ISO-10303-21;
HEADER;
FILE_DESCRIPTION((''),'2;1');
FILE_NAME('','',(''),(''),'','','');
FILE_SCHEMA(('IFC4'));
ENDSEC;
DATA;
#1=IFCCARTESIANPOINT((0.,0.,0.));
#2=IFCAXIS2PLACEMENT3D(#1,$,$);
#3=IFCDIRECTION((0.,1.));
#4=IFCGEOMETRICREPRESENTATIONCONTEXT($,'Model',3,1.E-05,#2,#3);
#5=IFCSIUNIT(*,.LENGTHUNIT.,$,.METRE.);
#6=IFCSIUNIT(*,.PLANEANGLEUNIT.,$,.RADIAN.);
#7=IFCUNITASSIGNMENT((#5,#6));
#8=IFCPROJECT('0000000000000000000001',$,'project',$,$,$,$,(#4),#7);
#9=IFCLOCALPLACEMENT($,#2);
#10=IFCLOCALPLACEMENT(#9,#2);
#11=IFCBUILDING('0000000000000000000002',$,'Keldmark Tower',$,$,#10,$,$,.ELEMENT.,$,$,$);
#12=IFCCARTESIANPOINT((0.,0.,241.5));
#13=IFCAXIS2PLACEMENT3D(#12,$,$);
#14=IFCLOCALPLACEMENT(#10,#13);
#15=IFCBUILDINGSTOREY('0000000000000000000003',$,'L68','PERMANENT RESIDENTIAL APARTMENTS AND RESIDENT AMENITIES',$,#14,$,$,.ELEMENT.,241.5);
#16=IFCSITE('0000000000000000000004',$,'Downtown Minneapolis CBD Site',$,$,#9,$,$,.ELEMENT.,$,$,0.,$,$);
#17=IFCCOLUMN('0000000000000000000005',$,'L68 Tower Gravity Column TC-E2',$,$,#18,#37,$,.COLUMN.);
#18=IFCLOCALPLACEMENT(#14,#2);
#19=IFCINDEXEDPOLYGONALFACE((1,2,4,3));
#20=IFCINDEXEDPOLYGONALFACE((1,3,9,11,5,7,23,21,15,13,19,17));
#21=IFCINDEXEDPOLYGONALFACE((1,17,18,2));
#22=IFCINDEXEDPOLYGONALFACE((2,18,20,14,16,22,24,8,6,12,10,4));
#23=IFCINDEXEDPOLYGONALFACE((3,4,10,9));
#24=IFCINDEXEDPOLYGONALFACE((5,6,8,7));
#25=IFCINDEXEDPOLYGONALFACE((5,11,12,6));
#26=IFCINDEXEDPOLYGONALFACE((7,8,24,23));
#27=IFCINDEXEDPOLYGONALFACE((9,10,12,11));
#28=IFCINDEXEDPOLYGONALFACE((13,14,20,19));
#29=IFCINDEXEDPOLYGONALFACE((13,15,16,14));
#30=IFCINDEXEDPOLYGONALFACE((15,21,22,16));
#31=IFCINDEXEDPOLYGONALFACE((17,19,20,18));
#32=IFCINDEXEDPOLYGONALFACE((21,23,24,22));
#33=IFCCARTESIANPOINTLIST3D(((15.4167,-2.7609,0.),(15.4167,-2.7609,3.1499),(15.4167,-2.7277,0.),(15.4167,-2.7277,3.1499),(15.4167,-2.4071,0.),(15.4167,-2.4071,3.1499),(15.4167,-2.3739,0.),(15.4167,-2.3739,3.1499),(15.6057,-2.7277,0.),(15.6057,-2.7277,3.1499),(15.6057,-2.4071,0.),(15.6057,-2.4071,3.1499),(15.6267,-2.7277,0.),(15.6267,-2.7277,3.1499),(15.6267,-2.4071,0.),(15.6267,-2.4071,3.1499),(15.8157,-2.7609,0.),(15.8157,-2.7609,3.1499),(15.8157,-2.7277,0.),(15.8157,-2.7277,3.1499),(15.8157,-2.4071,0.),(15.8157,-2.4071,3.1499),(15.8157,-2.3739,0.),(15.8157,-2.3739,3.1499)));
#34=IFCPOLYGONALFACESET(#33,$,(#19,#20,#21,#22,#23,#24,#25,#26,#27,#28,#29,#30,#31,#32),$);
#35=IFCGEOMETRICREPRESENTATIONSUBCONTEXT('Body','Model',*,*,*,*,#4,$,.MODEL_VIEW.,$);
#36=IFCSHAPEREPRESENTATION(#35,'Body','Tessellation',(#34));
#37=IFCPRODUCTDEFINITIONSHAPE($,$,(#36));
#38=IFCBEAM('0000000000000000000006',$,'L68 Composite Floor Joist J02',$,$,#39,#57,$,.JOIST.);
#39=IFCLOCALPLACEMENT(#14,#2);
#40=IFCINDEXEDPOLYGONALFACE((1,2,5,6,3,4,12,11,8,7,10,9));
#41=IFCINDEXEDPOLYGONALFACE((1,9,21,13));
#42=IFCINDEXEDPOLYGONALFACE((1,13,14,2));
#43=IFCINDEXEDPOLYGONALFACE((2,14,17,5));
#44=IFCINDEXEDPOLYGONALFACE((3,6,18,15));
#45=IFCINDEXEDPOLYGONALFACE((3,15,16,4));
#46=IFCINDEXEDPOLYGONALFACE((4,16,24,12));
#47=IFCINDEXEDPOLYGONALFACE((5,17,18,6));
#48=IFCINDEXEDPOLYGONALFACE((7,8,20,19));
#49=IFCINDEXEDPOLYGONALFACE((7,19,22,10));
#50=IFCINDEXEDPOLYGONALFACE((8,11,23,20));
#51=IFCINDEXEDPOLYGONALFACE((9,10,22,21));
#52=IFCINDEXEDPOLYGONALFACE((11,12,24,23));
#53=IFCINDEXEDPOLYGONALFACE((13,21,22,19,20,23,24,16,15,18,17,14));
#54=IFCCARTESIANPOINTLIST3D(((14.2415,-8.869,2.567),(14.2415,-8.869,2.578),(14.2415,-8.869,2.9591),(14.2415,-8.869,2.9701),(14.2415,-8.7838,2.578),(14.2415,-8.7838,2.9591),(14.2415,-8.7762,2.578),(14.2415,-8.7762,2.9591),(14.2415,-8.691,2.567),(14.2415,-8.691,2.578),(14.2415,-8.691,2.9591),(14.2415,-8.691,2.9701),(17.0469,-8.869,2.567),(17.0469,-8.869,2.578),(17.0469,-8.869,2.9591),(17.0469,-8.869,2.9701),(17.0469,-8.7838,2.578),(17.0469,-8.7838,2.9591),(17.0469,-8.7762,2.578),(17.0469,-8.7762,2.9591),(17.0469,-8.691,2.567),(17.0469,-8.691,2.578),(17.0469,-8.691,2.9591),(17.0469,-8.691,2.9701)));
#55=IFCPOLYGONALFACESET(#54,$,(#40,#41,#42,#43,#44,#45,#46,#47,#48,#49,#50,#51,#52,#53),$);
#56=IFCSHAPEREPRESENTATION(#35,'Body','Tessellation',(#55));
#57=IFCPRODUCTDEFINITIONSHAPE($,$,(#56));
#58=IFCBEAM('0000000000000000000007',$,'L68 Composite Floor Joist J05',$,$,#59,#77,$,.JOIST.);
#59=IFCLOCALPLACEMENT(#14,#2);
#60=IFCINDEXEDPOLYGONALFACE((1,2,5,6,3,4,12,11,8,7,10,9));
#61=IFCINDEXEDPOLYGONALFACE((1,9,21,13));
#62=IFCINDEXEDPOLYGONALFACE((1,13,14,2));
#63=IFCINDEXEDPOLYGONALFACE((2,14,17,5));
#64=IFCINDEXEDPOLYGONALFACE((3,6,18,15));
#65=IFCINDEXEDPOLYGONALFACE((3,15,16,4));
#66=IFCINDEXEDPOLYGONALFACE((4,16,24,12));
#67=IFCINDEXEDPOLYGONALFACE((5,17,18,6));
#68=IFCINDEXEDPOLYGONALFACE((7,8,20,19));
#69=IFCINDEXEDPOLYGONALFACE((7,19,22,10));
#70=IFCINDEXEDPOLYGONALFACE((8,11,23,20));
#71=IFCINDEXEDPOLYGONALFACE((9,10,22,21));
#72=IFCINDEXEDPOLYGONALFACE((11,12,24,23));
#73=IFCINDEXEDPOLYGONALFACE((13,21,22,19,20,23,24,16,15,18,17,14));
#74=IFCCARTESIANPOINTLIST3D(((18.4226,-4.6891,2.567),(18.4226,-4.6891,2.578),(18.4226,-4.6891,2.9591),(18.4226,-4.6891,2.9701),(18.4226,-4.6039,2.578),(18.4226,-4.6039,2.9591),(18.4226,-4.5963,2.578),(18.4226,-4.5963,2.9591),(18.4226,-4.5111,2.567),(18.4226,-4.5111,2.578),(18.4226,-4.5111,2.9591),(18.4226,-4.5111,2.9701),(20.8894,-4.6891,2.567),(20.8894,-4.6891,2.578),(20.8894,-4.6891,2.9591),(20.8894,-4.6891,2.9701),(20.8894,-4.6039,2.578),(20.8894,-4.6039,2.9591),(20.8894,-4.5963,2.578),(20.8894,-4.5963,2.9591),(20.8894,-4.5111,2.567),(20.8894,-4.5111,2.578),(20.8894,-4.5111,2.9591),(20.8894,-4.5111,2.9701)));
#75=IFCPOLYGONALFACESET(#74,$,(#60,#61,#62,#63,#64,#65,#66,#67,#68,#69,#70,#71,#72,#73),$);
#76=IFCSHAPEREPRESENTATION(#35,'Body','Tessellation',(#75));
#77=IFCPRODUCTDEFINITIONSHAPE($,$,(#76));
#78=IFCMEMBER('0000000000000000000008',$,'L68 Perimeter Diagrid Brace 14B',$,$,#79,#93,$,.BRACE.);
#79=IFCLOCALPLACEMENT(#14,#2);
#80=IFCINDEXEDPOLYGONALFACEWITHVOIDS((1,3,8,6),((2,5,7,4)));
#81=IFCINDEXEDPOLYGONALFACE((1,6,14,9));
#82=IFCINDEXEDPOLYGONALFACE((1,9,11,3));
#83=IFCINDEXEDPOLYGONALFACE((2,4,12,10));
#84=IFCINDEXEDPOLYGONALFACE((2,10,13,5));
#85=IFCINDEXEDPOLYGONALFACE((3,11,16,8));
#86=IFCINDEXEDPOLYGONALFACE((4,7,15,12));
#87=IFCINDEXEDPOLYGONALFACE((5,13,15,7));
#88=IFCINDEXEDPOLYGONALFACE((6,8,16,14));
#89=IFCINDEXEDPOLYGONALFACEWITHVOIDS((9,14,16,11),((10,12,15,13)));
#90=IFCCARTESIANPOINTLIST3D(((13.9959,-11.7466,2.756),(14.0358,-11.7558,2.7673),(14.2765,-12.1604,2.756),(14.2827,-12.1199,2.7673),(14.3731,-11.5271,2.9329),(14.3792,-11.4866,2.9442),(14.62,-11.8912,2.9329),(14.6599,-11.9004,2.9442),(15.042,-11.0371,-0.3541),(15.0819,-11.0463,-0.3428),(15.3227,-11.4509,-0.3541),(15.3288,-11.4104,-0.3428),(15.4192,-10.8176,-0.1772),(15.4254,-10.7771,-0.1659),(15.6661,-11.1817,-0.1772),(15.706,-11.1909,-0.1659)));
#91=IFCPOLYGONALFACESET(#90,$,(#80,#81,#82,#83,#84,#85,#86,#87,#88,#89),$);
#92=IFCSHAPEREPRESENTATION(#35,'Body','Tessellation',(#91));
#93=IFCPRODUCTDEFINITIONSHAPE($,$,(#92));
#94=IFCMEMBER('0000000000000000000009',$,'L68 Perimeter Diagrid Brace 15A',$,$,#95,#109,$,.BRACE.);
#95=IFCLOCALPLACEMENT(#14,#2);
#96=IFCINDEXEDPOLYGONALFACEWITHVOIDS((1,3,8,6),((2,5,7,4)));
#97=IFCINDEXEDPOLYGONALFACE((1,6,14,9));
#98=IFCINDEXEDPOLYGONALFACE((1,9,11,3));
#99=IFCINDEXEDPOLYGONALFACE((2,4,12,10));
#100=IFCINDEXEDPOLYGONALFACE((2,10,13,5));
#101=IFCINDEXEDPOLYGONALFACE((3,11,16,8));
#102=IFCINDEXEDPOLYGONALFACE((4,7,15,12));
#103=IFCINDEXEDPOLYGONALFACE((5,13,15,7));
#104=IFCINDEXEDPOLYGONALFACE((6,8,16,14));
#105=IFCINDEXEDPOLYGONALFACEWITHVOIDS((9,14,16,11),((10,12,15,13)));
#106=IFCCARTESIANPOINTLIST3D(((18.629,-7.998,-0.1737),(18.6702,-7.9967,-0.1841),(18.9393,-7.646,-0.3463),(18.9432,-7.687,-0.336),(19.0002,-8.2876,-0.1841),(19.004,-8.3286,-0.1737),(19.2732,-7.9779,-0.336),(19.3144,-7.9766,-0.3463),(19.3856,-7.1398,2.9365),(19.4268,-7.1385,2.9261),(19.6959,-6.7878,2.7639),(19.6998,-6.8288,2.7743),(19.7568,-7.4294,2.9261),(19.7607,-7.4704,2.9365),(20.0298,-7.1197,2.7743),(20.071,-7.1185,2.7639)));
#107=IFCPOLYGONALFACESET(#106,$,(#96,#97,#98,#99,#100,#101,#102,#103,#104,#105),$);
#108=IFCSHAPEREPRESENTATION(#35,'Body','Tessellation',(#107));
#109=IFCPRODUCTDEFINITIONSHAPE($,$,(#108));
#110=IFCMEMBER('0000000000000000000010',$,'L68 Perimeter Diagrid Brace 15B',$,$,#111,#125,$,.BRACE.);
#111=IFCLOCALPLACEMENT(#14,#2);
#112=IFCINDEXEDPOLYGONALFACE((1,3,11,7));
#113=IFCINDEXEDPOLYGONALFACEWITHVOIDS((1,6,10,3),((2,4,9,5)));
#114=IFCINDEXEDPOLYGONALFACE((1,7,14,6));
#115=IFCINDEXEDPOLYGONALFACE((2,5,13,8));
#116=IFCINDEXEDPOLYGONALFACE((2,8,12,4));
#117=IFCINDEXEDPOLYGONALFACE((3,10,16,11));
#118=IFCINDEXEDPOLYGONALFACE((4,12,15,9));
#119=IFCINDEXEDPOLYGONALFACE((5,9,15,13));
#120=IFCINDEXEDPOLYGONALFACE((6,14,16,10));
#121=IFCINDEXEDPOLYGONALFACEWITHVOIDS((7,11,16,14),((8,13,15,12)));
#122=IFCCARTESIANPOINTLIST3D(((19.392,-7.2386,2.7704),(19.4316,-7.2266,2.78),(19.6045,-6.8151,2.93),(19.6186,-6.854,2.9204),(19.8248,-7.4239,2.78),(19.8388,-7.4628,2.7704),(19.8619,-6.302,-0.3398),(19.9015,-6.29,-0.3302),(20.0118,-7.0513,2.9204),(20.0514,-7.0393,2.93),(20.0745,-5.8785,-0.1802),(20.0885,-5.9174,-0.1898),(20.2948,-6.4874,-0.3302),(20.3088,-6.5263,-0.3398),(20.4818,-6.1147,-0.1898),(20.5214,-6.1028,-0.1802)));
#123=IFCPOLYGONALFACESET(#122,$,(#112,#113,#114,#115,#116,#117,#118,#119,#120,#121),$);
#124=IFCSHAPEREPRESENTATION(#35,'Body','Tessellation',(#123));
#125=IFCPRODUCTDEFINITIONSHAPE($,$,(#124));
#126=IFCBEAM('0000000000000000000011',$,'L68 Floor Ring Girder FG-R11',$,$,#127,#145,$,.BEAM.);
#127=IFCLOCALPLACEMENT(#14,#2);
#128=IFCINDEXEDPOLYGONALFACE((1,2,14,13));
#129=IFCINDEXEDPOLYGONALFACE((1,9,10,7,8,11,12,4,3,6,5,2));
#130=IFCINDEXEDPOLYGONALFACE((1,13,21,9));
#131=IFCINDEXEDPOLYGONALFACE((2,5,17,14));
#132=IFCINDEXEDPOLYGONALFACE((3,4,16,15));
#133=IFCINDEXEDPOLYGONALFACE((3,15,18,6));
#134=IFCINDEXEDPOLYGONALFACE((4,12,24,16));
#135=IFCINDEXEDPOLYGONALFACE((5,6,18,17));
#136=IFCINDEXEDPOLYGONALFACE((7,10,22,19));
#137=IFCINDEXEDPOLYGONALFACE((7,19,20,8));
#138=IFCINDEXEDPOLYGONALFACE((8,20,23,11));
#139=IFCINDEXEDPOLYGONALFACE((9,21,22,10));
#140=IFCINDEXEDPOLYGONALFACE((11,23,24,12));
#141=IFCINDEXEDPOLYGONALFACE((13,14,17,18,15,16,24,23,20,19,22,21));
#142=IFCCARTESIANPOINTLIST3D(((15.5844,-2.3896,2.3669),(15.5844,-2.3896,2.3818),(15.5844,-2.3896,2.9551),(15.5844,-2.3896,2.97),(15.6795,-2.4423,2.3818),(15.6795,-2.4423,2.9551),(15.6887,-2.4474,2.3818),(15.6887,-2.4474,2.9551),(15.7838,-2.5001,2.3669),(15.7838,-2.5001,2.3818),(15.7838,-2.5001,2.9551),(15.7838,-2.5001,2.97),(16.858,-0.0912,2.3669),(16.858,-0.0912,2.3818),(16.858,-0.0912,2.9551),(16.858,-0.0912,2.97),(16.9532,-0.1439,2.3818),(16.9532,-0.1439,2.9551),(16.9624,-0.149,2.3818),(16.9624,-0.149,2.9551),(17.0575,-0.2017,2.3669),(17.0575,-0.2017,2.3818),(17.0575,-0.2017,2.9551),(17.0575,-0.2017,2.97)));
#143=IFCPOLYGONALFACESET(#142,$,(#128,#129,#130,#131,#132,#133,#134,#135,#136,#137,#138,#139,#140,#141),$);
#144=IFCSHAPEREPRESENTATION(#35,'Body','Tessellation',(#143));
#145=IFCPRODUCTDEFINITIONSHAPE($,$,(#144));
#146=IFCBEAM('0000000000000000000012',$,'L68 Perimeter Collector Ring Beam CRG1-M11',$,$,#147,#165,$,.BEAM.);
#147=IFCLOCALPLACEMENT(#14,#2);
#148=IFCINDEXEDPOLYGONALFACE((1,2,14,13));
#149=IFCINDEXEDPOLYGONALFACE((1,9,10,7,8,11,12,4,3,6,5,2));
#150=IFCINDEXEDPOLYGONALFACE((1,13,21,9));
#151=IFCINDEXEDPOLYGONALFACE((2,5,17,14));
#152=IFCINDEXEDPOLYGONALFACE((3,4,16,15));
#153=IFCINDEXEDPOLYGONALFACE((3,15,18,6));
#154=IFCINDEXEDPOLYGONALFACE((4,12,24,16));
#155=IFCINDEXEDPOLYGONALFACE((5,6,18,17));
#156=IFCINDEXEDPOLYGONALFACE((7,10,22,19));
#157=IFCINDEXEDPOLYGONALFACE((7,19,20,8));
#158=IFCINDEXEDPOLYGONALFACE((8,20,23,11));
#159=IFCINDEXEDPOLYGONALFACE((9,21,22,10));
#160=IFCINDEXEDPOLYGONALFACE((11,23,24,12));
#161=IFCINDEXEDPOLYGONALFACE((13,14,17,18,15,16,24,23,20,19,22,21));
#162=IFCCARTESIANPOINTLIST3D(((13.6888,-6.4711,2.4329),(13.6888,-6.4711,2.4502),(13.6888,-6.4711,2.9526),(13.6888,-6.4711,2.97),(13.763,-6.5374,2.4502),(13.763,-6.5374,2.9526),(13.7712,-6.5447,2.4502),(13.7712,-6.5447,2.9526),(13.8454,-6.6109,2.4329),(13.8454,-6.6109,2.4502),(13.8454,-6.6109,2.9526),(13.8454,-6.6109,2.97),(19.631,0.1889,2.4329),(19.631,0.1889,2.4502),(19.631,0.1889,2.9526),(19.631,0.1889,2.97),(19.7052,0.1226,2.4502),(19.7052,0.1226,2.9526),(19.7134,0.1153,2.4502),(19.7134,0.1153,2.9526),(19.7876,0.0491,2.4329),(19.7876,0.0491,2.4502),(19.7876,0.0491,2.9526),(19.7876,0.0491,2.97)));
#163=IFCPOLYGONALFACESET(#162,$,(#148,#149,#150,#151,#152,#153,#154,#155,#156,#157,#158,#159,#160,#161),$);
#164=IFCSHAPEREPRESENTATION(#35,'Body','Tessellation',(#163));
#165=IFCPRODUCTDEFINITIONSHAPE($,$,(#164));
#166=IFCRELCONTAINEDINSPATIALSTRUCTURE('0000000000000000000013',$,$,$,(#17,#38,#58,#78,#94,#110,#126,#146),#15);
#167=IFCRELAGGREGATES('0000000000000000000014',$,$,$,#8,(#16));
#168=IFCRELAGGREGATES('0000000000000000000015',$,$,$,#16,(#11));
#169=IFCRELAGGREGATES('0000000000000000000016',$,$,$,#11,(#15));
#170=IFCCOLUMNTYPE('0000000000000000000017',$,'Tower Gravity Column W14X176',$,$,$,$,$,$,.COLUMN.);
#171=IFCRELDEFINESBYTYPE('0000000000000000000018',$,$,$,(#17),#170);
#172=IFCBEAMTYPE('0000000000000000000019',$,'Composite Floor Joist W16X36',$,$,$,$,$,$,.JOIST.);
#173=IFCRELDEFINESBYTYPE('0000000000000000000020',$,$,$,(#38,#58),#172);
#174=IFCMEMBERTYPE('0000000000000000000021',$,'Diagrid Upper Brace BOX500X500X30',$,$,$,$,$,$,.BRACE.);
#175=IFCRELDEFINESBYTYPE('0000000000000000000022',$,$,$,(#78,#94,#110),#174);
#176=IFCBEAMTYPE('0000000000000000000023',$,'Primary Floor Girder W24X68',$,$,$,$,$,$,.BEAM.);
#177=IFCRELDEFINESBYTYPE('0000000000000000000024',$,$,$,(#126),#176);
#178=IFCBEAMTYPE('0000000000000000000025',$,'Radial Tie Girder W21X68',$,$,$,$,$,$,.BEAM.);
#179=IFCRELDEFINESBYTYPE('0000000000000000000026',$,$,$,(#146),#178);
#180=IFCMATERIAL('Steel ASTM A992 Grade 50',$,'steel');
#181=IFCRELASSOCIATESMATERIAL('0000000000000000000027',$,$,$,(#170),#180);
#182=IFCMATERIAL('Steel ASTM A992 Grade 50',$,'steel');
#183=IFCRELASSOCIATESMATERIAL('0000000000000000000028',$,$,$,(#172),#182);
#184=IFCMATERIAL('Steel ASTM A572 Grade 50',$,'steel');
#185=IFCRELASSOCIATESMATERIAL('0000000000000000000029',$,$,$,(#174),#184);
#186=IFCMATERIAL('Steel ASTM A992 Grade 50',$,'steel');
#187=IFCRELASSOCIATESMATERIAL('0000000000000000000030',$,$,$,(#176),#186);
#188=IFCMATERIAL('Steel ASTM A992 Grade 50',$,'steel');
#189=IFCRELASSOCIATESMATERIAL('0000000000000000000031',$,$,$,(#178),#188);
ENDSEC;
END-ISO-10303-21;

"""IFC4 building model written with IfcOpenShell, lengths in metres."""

from ifc_helpers import new_model, si_unit, direction, frame, origin, origin_2d, place, context, subcontext, project, spatial, hollow_rectangle, i_section, extrude, material, material_profile, profile_set, type_object, element, save


model = new_model("IFC4")

# Units and contexts
model_context = context("Model", 3, precision=1e-05, world=origin(), true_north=direction((0.0, 1.0)))
body_context = subcontext(model_context, "Body", "Model", "MODEL_VIEW")
ifc_project = project(units=[si_unit("LENGTHUNIT", "METRE"), si_unit("PLANEANGLEUNIT", "RADIAN")], contexts=[model_context])

# Site, building, storey
site_placement = place(None, origin())
site = spatial("IfcSite", under=ifc_project, at=site_placement, Name="Downtown Minneapolis CBD Site", CompositionType="ELEMENT", RefElevation=0.0)
building_placement = place(site_placement, origin())
building = spatial("IfcBuilding", under=site, at=building_placement, Name="Keldmark Tower", CompositionType="ELEMENT")
storey_placement = place(building_placement, frame((0.0, 0.0, 241.5)))
storey = spatial("IfcBuildingStorey", under=building, at=storey_placement, Name="L68", Description="PERMANENT RESIDENTIAL APARTMENTS AND RESIDENT AMENITIES", CompositionType="ELEMENT", Elevation=241.5)

# Column
ifc_material_1 = material(Name="Steel ASTM A992 Grade 50", Category="steel")
ifc_material_profile_1 = material_profile(ifc_material_1, i_section(OverallWidth=0.3989, OverallDepth=0.387, WebThickness=0.021, FlangeThickness=0.0332, at=origin_2d()), Name="W14X176")
ifc_profile_set_1 = profile_set([ifc_material_profile_1], Name="Steel ASTM A992 Grade 50")
column_type = type_object("IfcColumnType", Name="Tower Gravity Column W14X176", PredefinedType="COLUMN", material=ifc_profile_set_1)
column_placement = place(storey_placement, frame((15.6162, -2.5674, 0.0), z_axis=(0.0, 0.0, 1.0), x_axis=(1.0, 0.0, 0.0)))
element("IfcColumn", 1, at=column_placement, inside=storey, type_object=column_type, Name="L68 Tower Gravity Column TC-E2", PredefinedType="COLUMN", context=body_context, shape_type="SweptSolid", body=[
    extrude(i_section(OverallWidth=0.3989, OverallDepth=0.387, WebThickness=0.021, FlangeThickness=0.0332, at=origin_2d()), origin(), (0.0, 0.0, 1.0), 3.1499),
])

# Beams
ifc_material_2 = material(Name="Steel ASTM A992 Grade 50", Category="steel")
ifc_material_profile_2 = material_profile(ifc_material_2, i_section(OverallWidth=0.178, OverallDepth=0.4031, WebThickness=0.0076, FlangeThickness=0.011, at=origin_2d()), Name="W16X36")
ifc_profile_set_2 = profile_set([ifc_material_profile_2], Name="Steel ASTM A992 Grade 50")
beam_type_1 = type_object("IfcBeamType", Name="Composite Floor Joist W16X36", PredefinedType="JOIST", material=ifc_profile_set_2)
beam_1_placement = place(storey_placement, frame((14.2415, -8.78, 2.7686), z_axis=(1.0, 0.0, 0.0), x_axis=(0.0, 1.0, 0.0)))
element("IfcBeam", 2, at=beam_1_placement, inside=storey, type_object=beam_type_1, Name="L68 Composite Floor Joist J02", PredefinedType="JOIST", context=body_context, shape_type="SweptSolid", body=[
    extrude(i_section(OverallWidth=0.178, OverallDepth=0.4031, WebThickness=0.0076, FlangeThickness=0.011, at=origin_2d()), origin(), (0.0, 0.0, 1.0), 2.8054),
])
beam_2_placement = place(storey_placement, frame((18.4226, -4.6001, 2.7686), z_axis=(1.0, 0.0, 0.0), x_axis=(0.0, 1.0, 0.0)))
element("IfcBeam", 3, at=beam_2_placement, inside=storey, type_object=beam_type_1, Name="L68 Composite Floor Joist J05", PredefinedType="JOIST", context=body_context, shape_type="SweptSolid", body=[
    extrude(i_section(OverallWidth=0.178, OverallDepth=0.4031, WebThickness=0.0076, FlangeThickness=0.011, at=origin_2d()), origin(), (0.0, 0.0, 1.0), 2.4668),
])

# Members
ifc_material_3 = material(Name="Steel ASTM A572 Grade 50", Category="steel")
ifc_material_profile_3 = material_profile(ifc_material_3, hollow_rectangle(XDim=0.5, YDim=0.5, WallThickness=0.03, at=origin_2d()), Name="BOX500X500X30")
ifc_profile_set_3 = profile_set([ifc_material_profile_3], Name="Steel ASTM A572 Grade 50")
member_type = type_object("IfcMemberType", Name="Diagrid Upper Brace BOX500X500X30", PredefinedType="BRACE", material=ifc_profile_set_3)
member_1_placement = place(storey_placement, frame((15.374, -11.114, -0.26), z_axis=(-0.311615, -0.211331, 0.92641), x_axis=(0.561279, -0.827626, 0.0)))
element("IfcMember", 4, at=member_1_placement, inside=storey, type_object=member_type, Name="L68 Perimeter Diagrid Brace 14B", PredefinedType="BRACE", context=body_context, shape_type="SweptSolid", body=[
    extrude(hollow_rectangle(XDim=0.5, YDim=0.5, WallThickness=0.03, at=origin_2d()), origin(), (0.0, 0.0, 1.0), 3.3572),
])
member_2_placement = place(storey_placement, frame((18.9717, -7.9873, -0.26), z_axis=(0.228312, 0.25896, 0.938517), x_axis=(-0.750099, 0.661325, 0.0)))
element("IfcMember", 5, at=member_2_placement, inside=storey, type_object=member_type, Name="L68 Perimeter Diagrid Brace 15A", PredefinedType="BRACE", context=body_context, shape_type="SweptSolid", body=[
    extrude(hollow_rectangle(XDim=0.5, YDim=0.5, WallThickness=0.03, at=origin_2d()), origin(), (0.0, 0.0, 1.0), 3.314),
])
member_3_placement = place(storey_placement, frame((20.1917, -6.2024, -0.26), z_axis=(-0.143202, -0.285362, 0.947661), x_axis=(0.893774, -0.448518, 0.0)))
element("IfcMember", 6, at=member_3_placement, inside=storey, type_object=member_type, Name="L68 Perimeter Diagrid Brace 15B", PredefinedType="BRACE", context=body_context, shape_type="SweptSolid", body=[
    extrude(hollow_rectangle(XDim=0.5, YDim=0.5, WallThickness=0.03, at=origin_2d()), origin(), (0.0, 0.0, 1.0), 3.282),
])

# Beams
ifc_material_4 = material(Name="Steel ASTM A992 Grade 50", Category="steel")
ifc_material_profile_4 = material_profile(ifc_material_4, i_section(OverallWidth=0.228, OverallDepth=0.603, WebThickness=0.0105, FlangeThickness=0.0149, at=origin_2d()), Name="W24X68")
ifc_profile_set_4 = profile_set([ifc_material_profile_4], Name="Steel ASTM A992 Grade 50")
beam_type_2 = type_object("IfcBeamType", Name="Primary Floor Girder W24X68", PredefinedType="BEAM", material=ifc_profile_set_4)
beam_3_placement = place(storey_placement, frame((15.6841, -2.4448, 2.6685), z_axis=(0.48472, 0.87467, 0.0), x_axis=(-0.87467, 0.48472, 0.0)))
element("IfcBeam", 7, at=beam_3_placement, inside=storey, type_object=beam_type_2, Name="L68 Floor Ring Girder FG-R11", PredefinedType="BEAM", context=body_context, shape_type="SweptSolid", body=[
    extrude(i_section(OverallWidth=0.228, OverallDepth=0.603, WebThickness=0.0105, FlangeThickness=0.0149, at=origin_2d()), origin(), (0.0, 0.0, 1.0), 2.6277),
])
ifc_material_5 = material(Name="Steel ASTM A992 Grade 50", Category="steel")
ifc_material_profile_5 = material_profile(ifc_material_5, i_section(OverallWidth=0.21, OverallDepth=0.5371, WebThickness=0.011, FlangeThickness=0.0173, at=origin_2d()), Name="W21X68")
ifc_profile_set_5 = profile_set([ifc_material_profile_5], Name="Steel ASTM A992 Grade 50")
beam_type_3 = type_object("IfcBeamType", Name="Radial Tie Girder W21X68", PredefinedType="BEAM", material=ifc_profile_set_5)
beam_4_placement = place(storey_placement, frame((13.7671, -6.541, 2.7014), z_axis=(0.665753, 0.746172, 0.0), x_axis=(-0.746172, 0.665753, 0.0)))
element("IfcBeam", 8, at=beam_4_placement, inside=storey, type_object=beam_type_3, Name="L68 Perimeter Collector Ring Beam CRG1-M11", PredefinedType="BEAM", context=body_context, shape_type="SweptSolid", body=[
    extrude(i_section(OverallWidth=0.21, OverallDepth=0.5371, WebThickness=0.011, FlangeThickness=0.0173, at=origin_2d()), origin(), (0.0, 0.0, 1.0), 8.9255),
])

save(model, "model.ifc")
